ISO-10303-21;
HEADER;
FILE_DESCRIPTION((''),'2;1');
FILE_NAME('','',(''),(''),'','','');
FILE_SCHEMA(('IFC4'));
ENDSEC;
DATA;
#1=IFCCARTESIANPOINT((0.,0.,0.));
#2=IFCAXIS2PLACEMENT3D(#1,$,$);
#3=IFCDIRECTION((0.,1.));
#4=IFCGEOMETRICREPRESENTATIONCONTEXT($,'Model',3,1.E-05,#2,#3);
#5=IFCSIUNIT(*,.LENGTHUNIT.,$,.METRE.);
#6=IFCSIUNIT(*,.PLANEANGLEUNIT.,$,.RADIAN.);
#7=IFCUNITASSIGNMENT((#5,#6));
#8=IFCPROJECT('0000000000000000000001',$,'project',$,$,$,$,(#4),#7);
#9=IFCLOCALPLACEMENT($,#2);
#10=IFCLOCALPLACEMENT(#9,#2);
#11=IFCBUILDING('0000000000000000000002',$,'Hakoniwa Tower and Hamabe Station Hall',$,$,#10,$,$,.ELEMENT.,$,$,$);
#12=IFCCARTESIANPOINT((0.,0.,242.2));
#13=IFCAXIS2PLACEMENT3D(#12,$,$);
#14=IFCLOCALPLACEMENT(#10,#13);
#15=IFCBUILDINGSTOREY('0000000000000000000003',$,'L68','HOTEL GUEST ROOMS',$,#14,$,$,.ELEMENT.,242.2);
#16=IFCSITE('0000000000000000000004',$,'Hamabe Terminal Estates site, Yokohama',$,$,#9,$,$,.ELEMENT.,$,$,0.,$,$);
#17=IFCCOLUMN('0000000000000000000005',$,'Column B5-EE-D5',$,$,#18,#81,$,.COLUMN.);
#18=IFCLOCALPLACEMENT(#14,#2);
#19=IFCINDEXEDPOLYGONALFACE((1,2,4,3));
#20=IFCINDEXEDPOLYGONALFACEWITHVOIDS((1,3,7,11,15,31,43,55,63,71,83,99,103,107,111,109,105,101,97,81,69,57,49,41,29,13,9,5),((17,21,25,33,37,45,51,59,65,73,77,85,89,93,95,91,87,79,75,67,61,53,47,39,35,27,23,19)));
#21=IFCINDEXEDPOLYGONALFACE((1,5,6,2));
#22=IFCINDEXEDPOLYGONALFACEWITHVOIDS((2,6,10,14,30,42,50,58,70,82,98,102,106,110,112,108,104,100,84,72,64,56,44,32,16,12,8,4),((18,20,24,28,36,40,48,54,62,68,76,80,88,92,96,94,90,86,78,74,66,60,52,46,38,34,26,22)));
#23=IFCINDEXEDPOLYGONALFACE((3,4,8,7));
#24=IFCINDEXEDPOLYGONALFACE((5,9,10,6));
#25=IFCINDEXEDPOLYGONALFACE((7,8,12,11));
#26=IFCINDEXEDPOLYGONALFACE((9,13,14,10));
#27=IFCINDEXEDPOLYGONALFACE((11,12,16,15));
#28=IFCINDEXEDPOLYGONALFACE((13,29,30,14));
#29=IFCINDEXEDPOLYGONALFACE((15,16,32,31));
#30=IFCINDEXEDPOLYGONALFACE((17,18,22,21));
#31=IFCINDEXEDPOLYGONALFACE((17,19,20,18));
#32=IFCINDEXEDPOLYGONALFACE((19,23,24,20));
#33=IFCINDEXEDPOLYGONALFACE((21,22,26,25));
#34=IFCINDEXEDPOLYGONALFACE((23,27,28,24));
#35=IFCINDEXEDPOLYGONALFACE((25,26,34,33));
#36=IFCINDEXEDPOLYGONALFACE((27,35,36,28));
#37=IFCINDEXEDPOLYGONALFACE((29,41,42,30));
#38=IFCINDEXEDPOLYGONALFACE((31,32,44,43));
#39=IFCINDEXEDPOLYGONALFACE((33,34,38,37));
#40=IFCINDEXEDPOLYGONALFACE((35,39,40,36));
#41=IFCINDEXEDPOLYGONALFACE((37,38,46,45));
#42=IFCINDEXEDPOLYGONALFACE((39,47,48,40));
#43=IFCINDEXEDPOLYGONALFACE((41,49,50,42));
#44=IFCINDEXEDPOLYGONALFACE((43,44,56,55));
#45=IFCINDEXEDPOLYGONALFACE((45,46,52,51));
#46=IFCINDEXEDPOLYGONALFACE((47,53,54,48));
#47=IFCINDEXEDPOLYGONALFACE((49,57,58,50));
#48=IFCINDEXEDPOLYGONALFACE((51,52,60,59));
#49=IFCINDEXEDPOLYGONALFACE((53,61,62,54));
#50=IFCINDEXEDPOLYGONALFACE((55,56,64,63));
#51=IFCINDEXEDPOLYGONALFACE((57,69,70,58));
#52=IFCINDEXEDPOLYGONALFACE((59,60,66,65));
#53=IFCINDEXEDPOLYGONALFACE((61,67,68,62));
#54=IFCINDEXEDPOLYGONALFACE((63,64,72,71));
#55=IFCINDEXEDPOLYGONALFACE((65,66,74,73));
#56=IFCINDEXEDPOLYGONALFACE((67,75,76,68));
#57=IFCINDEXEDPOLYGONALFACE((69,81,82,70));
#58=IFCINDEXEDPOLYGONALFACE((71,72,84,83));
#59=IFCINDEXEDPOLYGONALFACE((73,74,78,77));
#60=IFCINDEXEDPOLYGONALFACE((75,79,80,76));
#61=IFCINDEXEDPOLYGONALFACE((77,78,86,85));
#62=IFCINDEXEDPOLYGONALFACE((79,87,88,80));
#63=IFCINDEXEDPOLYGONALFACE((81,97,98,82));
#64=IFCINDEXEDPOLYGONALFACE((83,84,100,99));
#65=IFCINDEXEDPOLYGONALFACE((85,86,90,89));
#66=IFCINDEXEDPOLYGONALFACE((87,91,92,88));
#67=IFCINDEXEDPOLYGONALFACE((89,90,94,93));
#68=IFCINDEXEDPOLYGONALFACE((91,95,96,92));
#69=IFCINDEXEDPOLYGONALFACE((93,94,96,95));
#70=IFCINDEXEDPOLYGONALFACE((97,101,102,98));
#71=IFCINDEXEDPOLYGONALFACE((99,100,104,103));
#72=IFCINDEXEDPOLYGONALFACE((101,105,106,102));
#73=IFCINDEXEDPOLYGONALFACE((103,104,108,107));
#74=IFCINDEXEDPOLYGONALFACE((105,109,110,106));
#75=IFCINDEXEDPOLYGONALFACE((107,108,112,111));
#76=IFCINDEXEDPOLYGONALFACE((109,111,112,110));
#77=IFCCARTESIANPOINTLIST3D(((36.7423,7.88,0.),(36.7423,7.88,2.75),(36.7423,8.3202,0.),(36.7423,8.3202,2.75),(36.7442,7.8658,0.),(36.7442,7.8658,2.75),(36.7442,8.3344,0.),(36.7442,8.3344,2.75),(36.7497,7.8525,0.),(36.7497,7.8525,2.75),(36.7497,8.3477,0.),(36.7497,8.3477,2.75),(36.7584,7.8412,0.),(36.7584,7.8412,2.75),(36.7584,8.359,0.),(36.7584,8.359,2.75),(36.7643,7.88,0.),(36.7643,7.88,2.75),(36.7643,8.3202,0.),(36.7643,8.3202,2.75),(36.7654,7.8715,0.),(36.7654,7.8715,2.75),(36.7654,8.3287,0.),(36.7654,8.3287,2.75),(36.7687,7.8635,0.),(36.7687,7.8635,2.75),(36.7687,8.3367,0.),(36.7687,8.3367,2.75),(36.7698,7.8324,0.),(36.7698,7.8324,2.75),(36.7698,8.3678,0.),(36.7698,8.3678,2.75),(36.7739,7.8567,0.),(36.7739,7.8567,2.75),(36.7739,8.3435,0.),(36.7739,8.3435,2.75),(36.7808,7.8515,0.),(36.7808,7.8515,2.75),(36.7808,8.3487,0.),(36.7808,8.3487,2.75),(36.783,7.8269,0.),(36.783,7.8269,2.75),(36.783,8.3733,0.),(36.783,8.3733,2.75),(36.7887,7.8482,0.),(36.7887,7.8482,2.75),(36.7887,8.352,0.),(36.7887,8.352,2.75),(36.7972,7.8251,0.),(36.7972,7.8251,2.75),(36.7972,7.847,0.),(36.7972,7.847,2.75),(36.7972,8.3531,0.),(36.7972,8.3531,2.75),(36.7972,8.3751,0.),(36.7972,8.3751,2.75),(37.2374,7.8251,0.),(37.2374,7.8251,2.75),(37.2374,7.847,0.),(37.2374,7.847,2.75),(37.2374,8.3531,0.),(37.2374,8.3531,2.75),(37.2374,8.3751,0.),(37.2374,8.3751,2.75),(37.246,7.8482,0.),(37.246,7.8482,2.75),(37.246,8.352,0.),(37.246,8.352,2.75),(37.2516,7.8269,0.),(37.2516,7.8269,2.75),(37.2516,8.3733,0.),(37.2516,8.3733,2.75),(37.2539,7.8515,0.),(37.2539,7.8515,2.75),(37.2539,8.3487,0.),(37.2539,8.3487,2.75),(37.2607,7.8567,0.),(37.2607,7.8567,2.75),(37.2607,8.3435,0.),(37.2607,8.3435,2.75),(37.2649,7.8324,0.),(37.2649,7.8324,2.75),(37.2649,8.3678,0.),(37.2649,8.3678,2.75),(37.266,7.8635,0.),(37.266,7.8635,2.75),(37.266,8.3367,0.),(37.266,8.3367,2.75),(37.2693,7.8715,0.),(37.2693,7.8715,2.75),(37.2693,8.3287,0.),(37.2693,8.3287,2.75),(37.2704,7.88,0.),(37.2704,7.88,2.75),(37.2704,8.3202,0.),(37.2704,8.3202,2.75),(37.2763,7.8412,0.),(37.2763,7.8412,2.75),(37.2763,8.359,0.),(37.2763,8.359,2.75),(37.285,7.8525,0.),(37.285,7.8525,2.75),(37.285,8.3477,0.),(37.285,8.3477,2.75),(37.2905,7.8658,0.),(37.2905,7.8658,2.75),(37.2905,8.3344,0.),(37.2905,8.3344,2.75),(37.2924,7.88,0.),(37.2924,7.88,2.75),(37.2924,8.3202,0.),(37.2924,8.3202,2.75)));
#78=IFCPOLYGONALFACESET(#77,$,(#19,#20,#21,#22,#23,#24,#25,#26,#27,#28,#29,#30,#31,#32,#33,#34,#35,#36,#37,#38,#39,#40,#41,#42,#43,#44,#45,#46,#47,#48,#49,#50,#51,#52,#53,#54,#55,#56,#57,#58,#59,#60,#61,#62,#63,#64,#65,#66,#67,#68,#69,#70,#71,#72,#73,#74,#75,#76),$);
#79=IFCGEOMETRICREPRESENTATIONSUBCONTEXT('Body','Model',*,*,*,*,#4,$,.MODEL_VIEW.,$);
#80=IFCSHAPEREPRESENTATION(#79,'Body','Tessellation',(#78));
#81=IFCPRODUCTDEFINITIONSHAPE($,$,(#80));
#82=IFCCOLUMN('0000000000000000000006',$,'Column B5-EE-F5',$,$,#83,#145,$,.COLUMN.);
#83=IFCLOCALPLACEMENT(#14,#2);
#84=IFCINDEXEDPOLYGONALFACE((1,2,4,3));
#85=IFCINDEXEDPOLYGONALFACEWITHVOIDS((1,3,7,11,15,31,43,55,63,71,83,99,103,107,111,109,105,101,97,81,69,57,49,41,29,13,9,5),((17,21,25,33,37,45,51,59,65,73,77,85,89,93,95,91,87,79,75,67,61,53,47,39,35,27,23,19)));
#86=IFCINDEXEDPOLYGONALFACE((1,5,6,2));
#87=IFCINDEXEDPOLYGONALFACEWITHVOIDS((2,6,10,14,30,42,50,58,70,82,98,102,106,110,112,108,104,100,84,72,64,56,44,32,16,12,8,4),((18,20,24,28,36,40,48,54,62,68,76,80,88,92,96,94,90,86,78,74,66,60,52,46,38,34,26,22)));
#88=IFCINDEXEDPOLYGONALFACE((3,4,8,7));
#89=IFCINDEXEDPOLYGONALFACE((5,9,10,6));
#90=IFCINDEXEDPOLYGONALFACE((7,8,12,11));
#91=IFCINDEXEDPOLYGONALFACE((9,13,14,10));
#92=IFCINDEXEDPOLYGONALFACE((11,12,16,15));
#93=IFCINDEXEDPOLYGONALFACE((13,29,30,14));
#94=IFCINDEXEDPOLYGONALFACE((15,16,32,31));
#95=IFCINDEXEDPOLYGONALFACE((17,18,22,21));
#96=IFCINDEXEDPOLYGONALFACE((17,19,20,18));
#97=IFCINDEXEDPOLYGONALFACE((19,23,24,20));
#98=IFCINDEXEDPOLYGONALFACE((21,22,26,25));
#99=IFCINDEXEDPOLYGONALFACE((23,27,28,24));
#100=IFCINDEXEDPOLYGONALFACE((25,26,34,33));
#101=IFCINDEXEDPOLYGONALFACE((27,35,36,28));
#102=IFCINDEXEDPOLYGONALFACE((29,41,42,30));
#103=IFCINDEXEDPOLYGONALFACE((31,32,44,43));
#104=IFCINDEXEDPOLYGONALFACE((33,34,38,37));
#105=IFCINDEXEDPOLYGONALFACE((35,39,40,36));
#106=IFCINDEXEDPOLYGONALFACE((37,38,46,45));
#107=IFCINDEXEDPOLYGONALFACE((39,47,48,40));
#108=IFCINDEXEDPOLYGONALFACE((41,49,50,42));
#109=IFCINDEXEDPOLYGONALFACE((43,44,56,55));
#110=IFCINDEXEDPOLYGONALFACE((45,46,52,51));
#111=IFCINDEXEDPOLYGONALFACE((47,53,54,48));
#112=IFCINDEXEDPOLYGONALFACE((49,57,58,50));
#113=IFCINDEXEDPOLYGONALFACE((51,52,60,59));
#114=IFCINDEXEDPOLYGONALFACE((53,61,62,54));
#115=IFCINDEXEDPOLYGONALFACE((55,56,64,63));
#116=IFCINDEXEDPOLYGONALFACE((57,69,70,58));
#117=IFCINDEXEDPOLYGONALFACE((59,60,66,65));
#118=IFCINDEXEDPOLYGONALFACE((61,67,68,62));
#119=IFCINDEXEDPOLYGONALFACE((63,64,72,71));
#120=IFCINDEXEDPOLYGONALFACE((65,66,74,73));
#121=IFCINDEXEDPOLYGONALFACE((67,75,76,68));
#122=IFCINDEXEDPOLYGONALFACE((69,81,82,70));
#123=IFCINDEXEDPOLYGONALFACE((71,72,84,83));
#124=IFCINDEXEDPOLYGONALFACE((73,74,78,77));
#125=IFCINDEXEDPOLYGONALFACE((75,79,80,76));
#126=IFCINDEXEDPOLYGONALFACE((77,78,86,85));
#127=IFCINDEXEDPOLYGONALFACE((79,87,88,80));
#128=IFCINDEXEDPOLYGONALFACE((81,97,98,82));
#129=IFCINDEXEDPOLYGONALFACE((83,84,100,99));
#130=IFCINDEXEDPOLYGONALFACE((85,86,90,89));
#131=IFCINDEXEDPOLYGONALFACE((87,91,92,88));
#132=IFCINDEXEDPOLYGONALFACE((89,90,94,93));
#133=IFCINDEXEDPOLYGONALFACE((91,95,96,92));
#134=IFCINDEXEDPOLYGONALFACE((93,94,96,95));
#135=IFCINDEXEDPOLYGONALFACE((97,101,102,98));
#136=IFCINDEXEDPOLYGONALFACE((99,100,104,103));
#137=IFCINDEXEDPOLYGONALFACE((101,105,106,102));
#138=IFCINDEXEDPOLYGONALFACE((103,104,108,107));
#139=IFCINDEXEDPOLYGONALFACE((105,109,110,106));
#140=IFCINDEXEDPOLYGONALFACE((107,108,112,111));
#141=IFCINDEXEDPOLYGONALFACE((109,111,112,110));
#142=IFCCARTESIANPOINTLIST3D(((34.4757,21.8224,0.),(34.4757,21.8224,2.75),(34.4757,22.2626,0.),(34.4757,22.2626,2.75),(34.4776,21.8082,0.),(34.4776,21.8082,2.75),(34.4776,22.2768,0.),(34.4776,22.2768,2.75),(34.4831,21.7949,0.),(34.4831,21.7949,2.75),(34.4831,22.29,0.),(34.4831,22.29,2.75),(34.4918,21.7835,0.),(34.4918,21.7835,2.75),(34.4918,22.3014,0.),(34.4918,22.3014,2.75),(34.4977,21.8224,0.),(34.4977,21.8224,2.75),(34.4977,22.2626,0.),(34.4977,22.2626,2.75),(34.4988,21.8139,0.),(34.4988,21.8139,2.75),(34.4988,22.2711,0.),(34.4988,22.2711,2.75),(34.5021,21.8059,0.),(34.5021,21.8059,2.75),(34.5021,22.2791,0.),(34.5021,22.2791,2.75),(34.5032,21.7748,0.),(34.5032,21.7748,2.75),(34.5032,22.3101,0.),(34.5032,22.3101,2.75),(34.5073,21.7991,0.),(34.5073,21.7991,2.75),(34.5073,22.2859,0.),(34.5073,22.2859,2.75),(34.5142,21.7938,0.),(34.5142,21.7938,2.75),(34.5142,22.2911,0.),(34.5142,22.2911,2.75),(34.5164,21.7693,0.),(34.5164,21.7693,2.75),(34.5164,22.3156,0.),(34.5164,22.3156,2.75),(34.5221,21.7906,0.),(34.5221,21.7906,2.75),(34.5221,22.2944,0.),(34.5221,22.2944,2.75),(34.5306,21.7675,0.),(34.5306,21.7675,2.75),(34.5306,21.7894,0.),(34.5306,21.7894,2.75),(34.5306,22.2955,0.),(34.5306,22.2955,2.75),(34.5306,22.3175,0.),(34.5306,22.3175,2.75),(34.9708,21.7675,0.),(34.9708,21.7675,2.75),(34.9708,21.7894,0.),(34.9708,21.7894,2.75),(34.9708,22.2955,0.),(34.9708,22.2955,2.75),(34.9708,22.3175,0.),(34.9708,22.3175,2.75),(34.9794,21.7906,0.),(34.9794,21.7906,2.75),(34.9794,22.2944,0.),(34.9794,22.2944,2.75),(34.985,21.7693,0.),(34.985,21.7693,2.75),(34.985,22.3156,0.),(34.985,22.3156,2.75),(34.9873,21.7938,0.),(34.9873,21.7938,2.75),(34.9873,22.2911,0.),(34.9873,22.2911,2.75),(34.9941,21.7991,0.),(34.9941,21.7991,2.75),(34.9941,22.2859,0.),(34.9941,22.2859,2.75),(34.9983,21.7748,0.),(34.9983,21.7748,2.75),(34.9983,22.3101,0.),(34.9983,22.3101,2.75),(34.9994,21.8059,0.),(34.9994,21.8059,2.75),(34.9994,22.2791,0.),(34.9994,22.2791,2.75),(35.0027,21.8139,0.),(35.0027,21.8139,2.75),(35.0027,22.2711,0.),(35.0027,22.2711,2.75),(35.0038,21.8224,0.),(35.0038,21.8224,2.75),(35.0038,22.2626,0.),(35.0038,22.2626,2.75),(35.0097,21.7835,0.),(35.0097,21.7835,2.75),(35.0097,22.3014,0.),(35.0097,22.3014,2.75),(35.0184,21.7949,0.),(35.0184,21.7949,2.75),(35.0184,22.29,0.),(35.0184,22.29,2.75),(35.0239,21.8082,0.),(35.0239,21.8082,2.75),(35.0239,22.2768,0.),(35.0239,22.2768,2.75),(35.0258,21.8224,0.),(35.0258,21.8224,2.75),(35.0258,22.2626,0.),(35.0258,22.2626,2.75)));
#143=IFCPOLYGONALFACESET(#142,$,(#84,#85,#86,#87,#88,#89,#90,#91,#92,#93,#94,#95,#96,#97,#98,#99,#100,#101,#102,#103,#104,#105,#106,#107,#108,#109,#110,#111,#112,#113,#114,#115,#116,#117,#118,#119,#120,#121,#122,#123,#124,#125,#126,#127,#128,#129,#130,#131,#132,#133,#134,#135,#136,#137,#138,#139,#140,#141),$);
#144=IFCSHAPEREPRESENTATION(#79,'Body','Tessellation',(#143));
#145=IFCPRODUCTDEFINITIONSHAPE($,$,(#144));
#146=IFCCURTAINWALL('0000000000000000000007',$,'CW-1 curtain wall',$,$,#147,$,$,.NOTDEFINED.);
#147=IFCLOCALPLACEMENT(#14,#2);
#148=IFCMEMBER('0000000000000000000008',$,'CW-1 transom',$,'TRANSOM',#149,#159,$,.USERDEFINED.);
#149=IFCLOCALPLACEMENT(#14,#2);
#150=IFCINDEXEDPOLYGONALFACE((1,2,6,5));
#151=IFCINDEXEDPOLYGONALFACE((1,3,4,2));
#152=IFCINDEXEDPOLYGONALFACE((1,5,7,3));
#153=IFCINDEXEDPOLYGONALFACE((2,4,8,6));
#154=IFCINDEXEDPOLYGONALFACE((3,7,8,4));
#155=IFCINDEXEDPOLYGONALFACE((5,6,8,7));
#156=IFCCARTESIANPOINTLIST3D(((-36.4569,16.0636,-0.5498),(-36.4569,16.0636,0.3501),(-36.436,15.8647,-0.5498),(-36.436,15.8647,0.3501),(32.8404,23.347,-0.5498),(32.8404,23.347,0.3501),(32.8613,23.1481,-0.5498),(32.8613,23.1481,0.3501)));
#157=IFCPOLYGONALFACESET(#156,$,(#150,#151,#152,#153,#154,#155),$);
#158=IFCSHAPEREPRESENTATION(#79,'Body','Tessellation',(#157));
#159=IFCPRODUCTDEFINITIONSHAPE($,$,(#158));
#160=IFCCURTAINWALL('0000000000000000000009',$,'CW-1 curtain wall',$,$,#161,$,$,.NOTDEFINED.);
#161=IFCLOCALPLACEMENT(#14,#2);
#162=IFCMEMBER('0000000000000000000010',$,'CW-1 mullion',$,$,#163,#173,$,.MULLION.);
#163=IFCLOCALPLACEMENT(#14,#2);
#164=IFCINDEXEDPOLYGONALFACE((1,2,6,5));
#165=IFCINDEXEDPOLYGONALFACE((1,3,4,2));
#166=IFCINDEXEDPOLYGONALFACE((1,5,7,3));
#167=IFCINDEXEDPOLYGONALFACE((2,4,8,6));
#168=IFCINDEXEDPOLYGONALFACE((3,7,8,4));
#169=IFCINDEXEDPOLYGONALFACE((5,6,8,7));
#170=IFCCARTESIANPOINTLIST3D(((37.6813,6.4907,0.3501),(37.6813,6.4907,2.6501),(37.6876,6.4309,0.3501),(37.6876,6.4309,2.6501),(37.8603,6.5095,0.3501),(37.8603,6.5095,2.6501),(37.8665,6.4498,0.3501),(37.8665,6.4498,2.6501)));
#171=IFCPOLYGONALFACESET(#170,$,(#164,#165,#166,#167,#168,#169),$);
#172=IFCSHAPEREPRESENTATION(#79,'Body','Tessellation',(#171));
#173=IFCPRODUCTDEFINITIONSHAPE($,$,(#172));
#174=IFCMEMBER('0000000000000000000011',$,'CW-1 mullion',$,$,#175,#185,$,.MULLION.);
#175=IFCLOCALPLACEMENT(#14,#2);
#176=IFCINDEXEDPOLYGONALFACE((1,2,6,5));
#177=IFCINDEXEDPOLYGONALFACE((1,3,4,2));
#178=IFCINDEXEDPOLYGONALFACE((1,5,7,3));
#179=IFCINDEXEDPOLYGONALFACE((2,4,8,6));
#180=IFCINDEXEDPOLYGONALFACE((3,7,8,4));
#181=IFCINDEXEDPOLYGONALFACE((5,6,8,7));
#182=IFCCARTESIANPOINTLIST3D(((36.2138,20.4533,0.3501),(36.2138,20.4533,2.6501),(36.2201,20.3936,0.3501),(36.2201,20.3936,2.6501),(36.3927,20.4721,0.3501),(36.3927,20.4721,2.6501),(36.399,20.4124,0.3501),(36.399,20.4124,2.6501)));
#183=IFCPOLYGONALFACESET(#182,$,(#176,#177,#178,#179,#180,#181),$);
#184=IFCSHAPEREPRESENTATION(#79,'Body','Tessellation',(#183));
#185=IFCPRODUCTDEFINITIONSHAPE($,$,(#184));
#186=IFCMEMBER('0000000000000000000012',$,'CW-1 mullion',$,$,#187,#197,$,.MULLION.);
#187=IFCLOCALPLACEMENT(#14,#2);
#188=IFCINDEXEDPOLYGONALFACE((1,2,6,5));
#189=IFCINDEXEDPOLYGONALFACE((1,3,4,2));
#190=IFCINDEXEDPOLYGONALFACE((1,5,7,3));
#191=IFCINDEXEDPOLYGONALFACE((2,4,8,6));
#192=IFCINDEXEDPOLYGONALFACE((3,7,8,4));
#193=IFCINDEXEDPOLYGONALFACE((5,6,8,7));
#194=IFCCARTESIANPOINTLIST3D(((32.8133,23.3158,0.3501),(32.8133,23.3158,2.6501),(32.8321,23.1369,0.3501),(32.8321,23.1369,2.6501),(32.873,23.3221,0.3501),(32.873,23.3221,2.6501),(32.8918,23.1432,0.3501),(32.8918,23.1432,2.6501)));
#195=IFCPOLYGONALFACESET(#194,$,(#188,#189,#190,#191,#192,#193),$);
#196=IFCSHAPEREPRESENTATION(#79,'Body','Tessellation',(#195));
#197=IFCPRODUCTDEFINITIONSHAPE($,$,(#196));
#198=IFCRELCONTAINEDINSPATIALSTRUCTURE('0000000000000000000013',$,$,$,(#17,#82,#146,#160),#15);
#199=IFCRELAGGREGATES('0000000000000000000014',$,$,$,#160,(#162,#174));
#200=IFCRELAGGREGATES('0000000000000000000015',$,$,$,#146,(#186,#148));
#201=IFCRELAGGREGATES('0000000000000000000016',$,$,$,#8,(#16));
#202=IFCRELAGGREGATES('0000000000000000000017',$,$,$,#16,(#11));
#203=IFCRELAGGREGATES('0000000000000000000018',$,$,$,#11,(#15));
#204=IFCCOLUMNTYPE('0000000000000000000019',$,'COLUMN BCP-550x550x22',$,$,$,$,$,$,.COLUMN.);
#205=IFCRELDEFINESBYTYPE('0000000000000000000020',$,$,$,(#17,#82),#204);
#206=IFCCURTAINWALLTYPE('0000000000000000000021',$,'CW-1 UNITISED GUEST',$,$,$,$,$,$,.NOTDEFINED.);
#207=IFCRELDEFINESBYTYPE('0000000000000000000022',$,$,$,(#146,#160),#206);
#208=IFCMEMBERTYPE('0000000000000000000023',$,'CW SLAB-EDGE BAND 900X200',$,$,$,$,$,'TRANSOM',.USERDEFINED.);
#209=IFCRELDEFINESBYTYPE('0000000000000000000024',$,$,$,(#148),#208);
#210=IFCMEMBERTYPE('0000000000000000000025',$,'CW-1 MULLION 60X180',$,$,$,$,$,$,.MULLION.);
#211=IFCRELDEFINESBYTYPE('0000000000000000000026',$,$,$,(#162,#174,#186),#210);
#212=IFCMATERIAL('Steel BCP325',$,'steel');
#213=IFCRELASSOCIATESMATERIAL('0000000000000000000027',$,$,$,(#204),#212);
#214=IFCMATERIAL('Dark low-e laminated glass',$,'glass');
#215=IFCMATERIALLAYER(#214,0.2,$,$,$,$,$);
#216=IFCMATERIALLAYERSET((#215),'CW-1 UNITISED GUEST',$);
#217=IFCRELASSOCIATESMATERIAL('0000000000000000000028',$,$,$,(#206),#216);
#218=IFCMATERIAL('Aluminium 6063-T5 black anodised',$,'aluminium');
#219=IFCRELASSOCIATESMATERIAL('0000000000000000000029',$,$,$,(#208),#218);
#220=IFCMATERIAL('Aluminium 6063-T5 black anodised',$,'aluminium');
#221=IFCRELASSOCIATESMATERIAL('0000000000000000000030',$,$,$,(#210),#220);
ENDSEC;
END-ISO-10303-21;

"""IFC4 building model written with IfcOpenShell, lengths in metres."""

from ifc_helpers import new_model, si_unit, direction, frame, origin, origin_2d, place, context, subcontext, project, spatial, rectangle, hollow_rectangle, extrude, material, layer, layer_set, material_profile, profile_set, type_object, element, aggregate, save


model = new_model("IFC4")

# Units and contexts
model_context = context("Model", 3, precision=1e-05, world=origin(), true_north=direction((0.0, 1.0)))
body_context = subcontext(model_context, "Body", "Model", "MODEL_VIEW")
ifc_project = project(units=[si_unit("LENGTHUNIT", "METRE"), si_unit("PLANEANGLEUNIT", "RADIAN")], contexts=[model_context])

# Site, building, storey
site_placement = place(None, origin())
site = spatial("IfcSite", under=ifc_project, at=site_placement, Name="Hamabe Terminal Estates site, Yokohama", CompositionType="ELEMENT", RefElevation=0.0)
building_placement = place(site_placement, origin())
building = spatial("IfcBuilding", under=site, at=building_placement, Name="Hakoniwa Tower and Hamabe Station Hall", CompositionType="ELEMENT")
storey_placement = place(building_placement, frame((0.0, 0.0, 242.2)))
storey = spatial("IfcBuildingStorey", under=building, at=storey_placement, Name="L68", Description="HOTEL GUEST ROOMS", CompositionType="ELEMENT", Elevation=242.2)

# Columns
ifc_material_1 = material(Name="Steel BCP325", Category="steel")
ifc_material_profile_1 = material_profile(ifc_material_1, hollow_rectangle(XDim=0.55, YDim=0.55, WallThickness=0.022, InnerFilletRadius=0.033, OuterFilletRadius=0.0549, at=origin_2d()), Name="BCP-550x550x22")
ifc_profile_set_1 = profile_set([ifc_material_profile_1], Name="Steel BCP325")
column_type = type_object("IfcColumnType", Name="COLUMN BCP-550x550x22", PredefinedType="COLUMN", material=ifc_profile_set_1)
for number, where, z_axis, x_axis, name in (
    (1, (37.0173, 8.1001, 0.0), (0.0, 0.0, 1.0), (1.0, 0.0, 0.0), "Column B5-EE-D5"),
    (2, (34.7507, 22.0425, 0.0), (0.0, 0.0, 1.0), (1.0, 0.0, 0.0), "Column B5-EE-F5"),
):
    element("IfcColumn", number, at=place(storey_placement, frame(where, z_axis=z_axis, x_axis=x_axis)), inside=storey, type_object=column_type, Name=name, PredefinedType="COLUMN", context=body_context, shape_type="SweptSolid", body=[
        extrude(hollow_rectangle(XDim=0.55, YDim=0.55, WallThickness=0.022, InnerFilletRadius=0.033, OuterFilletRadius=0.0549, at=origin_2d()), origin(), (0.0, 0.0, 1.0), 2.75),
    ])

# Curtain wall, member
ifc_material_2 = material(Name="Dark low-e laminated glass", Category="glass")
ifc_layer_1 = layer(ifc_material_2, 0.2)
ifc_layer_set_1 = layer_set([ifc_layer_1], Name="CW-1 UNITISED GUEST")
curtain_wall_type = type_object("IfcCurtainWallType", Name="CW-1 UNITISED GUEST", PredefinedType="NOTDEFINED", material=ifc_layer_set_1)
curtain_wall_1_placement = place(storey_placement, origin())
curtain_wall_1 = element("IfcCurtainWall", 3, at=curtain_wall_1_placement, inside=storey, type_object=curtain_wall_type, Name="CW-1 curtain wall", PredefinedType="NOTDEFINED")
ifc_material_3 = material(Name="Aluminium 6063-T5 black anodised", Category="aluminium")
ifc_material_profile_2 = material_profile(ifc_material_3, rectangle(XDim=0.2, YDim=0.8999, at=origin_2d()), Name="CW SLAB-EDGE BAND 900X200")
ifc_profile_set_2 = profile_set([ifc_material_profile_2], Name="Aluminium 6063-T5 black anodised")
member_type_1 = type_object("IfcMemberType", Name="CW SLAB-EDGE BAND 900X200", ElementType="TRANSOM", PredefinedType="USERDEFINED", material=ifc_profile_set_2)
member_1_placement = place(storey_placement, frame((32.8508, 23.2476, -0.0999), z_axis=(-0.994522, -0.104528, 0.0), x_axis=(0.104528, -0.994522, 0.0)))
member_1 = element("IfcMember", 4, at=member_1_placement, type_object=member_type_1, Name="CW-1 transom", ObjectType="TRANSOM", PredefinedType="USERDEFINED", context=body_context, shape_type="SweptSolid", body=[
    extrude(rectangle(XDim=0.2, YDim=0.8999, at=origin_2d()), origin(), (0.0, 0.0, 1.0), 69.679),
])

# Curtain wall, members
curtain_wall_2_placement = place(storey_placement, origin())
curtain_wall_2 = element("IfcCurtainWall", 5, at=curtain_wall_2_placement, inside=storey, type_object=curtain_wall_type, Name="CW-1 curtain wall", PredefinedType="NOTDEFINED")
ifc_material_4 = material(Name="Aluminium 6063-T5 black anodised", Category="aluminium")
ifc_material_profile_3 = material_profile(ifc_material_4, rectangle(XDim=0.0601, YDim=0.1799, at=origin_2d()), Name="CW-1 MULLION 60X180")
ifc_profile_set_3 = profile_set([ifc_material_profile_3], Name="Aluminium 6063-T5 black anodised")
member_type_2 = type_object("IfcMemberType", Name="CW-1 MULLION 60X180", PredefinedType="MULLION", material=ifc_profile_set_3)
member_2_placement = place(storey_placement, frame((37.7739, 6.4702, 0.3501), z_axis=(0.0, 0.0, 1.0), x_axis=(-0.104528, 0.994522, 0.0)))
member_2 = element("IfcMember", 6, at=member_2_placement, type_object=member_type_2, Name="CW-1 mullion", PredefinedType="MULLION", context=body_context, shape_type="SweptSolid", body=[
    extrude(rectangle(XDim=0.0601, YDim=0.1799, at=origin_2d()), origin(), (0.0, 0.0, 1.0), 2.3),
])
member_3_placement = place(storey_placement, frame((36.3064, 20.4329, 0.3501), z_axis=(0.0, 0.0, 1.0), x_axis=(-0.104528, 0.994522, 0.0)))
member_3 = element("IfcMember", 7, at=member_3_placement, type_object=member_type_2, Name="CW-1 mullion", PredefinedType="MULLION", context=body_context, shape_type="SweptSolid", body=[
    extrude(rectangle(XDim=0.0601, YDim=0.1799, at=origin_2d()), origin(), (0.0, 0.0, 1.0), 2.3),
])

# Member
member_4_placement = place(storey_placement, frame((32.8525, 23.2295, 0.3501), z_axis=(0.0, 0.0, 1.0), x_axis=(-0.994522, -0.104528, 0.0)))
member_4 = element("IfcMember", 8, at=member_4_placement, type_object=member_type_2, Name="CW-1 mullion", PredefinedType="MULLION", context=body_context, shape_type="SweptSolid", body=[
    extrude(rectangle(XDim=0.0601, YDim=0.1799, at=origin_2d()), origin(), (0.0, 0.0, 1.0), 2.3),
])

aggregate(curtain_wall_2, [member_2, member_3])
aggregate(curtain_wall_1, [member_4, member_1])

save(model, "model.ifc")
